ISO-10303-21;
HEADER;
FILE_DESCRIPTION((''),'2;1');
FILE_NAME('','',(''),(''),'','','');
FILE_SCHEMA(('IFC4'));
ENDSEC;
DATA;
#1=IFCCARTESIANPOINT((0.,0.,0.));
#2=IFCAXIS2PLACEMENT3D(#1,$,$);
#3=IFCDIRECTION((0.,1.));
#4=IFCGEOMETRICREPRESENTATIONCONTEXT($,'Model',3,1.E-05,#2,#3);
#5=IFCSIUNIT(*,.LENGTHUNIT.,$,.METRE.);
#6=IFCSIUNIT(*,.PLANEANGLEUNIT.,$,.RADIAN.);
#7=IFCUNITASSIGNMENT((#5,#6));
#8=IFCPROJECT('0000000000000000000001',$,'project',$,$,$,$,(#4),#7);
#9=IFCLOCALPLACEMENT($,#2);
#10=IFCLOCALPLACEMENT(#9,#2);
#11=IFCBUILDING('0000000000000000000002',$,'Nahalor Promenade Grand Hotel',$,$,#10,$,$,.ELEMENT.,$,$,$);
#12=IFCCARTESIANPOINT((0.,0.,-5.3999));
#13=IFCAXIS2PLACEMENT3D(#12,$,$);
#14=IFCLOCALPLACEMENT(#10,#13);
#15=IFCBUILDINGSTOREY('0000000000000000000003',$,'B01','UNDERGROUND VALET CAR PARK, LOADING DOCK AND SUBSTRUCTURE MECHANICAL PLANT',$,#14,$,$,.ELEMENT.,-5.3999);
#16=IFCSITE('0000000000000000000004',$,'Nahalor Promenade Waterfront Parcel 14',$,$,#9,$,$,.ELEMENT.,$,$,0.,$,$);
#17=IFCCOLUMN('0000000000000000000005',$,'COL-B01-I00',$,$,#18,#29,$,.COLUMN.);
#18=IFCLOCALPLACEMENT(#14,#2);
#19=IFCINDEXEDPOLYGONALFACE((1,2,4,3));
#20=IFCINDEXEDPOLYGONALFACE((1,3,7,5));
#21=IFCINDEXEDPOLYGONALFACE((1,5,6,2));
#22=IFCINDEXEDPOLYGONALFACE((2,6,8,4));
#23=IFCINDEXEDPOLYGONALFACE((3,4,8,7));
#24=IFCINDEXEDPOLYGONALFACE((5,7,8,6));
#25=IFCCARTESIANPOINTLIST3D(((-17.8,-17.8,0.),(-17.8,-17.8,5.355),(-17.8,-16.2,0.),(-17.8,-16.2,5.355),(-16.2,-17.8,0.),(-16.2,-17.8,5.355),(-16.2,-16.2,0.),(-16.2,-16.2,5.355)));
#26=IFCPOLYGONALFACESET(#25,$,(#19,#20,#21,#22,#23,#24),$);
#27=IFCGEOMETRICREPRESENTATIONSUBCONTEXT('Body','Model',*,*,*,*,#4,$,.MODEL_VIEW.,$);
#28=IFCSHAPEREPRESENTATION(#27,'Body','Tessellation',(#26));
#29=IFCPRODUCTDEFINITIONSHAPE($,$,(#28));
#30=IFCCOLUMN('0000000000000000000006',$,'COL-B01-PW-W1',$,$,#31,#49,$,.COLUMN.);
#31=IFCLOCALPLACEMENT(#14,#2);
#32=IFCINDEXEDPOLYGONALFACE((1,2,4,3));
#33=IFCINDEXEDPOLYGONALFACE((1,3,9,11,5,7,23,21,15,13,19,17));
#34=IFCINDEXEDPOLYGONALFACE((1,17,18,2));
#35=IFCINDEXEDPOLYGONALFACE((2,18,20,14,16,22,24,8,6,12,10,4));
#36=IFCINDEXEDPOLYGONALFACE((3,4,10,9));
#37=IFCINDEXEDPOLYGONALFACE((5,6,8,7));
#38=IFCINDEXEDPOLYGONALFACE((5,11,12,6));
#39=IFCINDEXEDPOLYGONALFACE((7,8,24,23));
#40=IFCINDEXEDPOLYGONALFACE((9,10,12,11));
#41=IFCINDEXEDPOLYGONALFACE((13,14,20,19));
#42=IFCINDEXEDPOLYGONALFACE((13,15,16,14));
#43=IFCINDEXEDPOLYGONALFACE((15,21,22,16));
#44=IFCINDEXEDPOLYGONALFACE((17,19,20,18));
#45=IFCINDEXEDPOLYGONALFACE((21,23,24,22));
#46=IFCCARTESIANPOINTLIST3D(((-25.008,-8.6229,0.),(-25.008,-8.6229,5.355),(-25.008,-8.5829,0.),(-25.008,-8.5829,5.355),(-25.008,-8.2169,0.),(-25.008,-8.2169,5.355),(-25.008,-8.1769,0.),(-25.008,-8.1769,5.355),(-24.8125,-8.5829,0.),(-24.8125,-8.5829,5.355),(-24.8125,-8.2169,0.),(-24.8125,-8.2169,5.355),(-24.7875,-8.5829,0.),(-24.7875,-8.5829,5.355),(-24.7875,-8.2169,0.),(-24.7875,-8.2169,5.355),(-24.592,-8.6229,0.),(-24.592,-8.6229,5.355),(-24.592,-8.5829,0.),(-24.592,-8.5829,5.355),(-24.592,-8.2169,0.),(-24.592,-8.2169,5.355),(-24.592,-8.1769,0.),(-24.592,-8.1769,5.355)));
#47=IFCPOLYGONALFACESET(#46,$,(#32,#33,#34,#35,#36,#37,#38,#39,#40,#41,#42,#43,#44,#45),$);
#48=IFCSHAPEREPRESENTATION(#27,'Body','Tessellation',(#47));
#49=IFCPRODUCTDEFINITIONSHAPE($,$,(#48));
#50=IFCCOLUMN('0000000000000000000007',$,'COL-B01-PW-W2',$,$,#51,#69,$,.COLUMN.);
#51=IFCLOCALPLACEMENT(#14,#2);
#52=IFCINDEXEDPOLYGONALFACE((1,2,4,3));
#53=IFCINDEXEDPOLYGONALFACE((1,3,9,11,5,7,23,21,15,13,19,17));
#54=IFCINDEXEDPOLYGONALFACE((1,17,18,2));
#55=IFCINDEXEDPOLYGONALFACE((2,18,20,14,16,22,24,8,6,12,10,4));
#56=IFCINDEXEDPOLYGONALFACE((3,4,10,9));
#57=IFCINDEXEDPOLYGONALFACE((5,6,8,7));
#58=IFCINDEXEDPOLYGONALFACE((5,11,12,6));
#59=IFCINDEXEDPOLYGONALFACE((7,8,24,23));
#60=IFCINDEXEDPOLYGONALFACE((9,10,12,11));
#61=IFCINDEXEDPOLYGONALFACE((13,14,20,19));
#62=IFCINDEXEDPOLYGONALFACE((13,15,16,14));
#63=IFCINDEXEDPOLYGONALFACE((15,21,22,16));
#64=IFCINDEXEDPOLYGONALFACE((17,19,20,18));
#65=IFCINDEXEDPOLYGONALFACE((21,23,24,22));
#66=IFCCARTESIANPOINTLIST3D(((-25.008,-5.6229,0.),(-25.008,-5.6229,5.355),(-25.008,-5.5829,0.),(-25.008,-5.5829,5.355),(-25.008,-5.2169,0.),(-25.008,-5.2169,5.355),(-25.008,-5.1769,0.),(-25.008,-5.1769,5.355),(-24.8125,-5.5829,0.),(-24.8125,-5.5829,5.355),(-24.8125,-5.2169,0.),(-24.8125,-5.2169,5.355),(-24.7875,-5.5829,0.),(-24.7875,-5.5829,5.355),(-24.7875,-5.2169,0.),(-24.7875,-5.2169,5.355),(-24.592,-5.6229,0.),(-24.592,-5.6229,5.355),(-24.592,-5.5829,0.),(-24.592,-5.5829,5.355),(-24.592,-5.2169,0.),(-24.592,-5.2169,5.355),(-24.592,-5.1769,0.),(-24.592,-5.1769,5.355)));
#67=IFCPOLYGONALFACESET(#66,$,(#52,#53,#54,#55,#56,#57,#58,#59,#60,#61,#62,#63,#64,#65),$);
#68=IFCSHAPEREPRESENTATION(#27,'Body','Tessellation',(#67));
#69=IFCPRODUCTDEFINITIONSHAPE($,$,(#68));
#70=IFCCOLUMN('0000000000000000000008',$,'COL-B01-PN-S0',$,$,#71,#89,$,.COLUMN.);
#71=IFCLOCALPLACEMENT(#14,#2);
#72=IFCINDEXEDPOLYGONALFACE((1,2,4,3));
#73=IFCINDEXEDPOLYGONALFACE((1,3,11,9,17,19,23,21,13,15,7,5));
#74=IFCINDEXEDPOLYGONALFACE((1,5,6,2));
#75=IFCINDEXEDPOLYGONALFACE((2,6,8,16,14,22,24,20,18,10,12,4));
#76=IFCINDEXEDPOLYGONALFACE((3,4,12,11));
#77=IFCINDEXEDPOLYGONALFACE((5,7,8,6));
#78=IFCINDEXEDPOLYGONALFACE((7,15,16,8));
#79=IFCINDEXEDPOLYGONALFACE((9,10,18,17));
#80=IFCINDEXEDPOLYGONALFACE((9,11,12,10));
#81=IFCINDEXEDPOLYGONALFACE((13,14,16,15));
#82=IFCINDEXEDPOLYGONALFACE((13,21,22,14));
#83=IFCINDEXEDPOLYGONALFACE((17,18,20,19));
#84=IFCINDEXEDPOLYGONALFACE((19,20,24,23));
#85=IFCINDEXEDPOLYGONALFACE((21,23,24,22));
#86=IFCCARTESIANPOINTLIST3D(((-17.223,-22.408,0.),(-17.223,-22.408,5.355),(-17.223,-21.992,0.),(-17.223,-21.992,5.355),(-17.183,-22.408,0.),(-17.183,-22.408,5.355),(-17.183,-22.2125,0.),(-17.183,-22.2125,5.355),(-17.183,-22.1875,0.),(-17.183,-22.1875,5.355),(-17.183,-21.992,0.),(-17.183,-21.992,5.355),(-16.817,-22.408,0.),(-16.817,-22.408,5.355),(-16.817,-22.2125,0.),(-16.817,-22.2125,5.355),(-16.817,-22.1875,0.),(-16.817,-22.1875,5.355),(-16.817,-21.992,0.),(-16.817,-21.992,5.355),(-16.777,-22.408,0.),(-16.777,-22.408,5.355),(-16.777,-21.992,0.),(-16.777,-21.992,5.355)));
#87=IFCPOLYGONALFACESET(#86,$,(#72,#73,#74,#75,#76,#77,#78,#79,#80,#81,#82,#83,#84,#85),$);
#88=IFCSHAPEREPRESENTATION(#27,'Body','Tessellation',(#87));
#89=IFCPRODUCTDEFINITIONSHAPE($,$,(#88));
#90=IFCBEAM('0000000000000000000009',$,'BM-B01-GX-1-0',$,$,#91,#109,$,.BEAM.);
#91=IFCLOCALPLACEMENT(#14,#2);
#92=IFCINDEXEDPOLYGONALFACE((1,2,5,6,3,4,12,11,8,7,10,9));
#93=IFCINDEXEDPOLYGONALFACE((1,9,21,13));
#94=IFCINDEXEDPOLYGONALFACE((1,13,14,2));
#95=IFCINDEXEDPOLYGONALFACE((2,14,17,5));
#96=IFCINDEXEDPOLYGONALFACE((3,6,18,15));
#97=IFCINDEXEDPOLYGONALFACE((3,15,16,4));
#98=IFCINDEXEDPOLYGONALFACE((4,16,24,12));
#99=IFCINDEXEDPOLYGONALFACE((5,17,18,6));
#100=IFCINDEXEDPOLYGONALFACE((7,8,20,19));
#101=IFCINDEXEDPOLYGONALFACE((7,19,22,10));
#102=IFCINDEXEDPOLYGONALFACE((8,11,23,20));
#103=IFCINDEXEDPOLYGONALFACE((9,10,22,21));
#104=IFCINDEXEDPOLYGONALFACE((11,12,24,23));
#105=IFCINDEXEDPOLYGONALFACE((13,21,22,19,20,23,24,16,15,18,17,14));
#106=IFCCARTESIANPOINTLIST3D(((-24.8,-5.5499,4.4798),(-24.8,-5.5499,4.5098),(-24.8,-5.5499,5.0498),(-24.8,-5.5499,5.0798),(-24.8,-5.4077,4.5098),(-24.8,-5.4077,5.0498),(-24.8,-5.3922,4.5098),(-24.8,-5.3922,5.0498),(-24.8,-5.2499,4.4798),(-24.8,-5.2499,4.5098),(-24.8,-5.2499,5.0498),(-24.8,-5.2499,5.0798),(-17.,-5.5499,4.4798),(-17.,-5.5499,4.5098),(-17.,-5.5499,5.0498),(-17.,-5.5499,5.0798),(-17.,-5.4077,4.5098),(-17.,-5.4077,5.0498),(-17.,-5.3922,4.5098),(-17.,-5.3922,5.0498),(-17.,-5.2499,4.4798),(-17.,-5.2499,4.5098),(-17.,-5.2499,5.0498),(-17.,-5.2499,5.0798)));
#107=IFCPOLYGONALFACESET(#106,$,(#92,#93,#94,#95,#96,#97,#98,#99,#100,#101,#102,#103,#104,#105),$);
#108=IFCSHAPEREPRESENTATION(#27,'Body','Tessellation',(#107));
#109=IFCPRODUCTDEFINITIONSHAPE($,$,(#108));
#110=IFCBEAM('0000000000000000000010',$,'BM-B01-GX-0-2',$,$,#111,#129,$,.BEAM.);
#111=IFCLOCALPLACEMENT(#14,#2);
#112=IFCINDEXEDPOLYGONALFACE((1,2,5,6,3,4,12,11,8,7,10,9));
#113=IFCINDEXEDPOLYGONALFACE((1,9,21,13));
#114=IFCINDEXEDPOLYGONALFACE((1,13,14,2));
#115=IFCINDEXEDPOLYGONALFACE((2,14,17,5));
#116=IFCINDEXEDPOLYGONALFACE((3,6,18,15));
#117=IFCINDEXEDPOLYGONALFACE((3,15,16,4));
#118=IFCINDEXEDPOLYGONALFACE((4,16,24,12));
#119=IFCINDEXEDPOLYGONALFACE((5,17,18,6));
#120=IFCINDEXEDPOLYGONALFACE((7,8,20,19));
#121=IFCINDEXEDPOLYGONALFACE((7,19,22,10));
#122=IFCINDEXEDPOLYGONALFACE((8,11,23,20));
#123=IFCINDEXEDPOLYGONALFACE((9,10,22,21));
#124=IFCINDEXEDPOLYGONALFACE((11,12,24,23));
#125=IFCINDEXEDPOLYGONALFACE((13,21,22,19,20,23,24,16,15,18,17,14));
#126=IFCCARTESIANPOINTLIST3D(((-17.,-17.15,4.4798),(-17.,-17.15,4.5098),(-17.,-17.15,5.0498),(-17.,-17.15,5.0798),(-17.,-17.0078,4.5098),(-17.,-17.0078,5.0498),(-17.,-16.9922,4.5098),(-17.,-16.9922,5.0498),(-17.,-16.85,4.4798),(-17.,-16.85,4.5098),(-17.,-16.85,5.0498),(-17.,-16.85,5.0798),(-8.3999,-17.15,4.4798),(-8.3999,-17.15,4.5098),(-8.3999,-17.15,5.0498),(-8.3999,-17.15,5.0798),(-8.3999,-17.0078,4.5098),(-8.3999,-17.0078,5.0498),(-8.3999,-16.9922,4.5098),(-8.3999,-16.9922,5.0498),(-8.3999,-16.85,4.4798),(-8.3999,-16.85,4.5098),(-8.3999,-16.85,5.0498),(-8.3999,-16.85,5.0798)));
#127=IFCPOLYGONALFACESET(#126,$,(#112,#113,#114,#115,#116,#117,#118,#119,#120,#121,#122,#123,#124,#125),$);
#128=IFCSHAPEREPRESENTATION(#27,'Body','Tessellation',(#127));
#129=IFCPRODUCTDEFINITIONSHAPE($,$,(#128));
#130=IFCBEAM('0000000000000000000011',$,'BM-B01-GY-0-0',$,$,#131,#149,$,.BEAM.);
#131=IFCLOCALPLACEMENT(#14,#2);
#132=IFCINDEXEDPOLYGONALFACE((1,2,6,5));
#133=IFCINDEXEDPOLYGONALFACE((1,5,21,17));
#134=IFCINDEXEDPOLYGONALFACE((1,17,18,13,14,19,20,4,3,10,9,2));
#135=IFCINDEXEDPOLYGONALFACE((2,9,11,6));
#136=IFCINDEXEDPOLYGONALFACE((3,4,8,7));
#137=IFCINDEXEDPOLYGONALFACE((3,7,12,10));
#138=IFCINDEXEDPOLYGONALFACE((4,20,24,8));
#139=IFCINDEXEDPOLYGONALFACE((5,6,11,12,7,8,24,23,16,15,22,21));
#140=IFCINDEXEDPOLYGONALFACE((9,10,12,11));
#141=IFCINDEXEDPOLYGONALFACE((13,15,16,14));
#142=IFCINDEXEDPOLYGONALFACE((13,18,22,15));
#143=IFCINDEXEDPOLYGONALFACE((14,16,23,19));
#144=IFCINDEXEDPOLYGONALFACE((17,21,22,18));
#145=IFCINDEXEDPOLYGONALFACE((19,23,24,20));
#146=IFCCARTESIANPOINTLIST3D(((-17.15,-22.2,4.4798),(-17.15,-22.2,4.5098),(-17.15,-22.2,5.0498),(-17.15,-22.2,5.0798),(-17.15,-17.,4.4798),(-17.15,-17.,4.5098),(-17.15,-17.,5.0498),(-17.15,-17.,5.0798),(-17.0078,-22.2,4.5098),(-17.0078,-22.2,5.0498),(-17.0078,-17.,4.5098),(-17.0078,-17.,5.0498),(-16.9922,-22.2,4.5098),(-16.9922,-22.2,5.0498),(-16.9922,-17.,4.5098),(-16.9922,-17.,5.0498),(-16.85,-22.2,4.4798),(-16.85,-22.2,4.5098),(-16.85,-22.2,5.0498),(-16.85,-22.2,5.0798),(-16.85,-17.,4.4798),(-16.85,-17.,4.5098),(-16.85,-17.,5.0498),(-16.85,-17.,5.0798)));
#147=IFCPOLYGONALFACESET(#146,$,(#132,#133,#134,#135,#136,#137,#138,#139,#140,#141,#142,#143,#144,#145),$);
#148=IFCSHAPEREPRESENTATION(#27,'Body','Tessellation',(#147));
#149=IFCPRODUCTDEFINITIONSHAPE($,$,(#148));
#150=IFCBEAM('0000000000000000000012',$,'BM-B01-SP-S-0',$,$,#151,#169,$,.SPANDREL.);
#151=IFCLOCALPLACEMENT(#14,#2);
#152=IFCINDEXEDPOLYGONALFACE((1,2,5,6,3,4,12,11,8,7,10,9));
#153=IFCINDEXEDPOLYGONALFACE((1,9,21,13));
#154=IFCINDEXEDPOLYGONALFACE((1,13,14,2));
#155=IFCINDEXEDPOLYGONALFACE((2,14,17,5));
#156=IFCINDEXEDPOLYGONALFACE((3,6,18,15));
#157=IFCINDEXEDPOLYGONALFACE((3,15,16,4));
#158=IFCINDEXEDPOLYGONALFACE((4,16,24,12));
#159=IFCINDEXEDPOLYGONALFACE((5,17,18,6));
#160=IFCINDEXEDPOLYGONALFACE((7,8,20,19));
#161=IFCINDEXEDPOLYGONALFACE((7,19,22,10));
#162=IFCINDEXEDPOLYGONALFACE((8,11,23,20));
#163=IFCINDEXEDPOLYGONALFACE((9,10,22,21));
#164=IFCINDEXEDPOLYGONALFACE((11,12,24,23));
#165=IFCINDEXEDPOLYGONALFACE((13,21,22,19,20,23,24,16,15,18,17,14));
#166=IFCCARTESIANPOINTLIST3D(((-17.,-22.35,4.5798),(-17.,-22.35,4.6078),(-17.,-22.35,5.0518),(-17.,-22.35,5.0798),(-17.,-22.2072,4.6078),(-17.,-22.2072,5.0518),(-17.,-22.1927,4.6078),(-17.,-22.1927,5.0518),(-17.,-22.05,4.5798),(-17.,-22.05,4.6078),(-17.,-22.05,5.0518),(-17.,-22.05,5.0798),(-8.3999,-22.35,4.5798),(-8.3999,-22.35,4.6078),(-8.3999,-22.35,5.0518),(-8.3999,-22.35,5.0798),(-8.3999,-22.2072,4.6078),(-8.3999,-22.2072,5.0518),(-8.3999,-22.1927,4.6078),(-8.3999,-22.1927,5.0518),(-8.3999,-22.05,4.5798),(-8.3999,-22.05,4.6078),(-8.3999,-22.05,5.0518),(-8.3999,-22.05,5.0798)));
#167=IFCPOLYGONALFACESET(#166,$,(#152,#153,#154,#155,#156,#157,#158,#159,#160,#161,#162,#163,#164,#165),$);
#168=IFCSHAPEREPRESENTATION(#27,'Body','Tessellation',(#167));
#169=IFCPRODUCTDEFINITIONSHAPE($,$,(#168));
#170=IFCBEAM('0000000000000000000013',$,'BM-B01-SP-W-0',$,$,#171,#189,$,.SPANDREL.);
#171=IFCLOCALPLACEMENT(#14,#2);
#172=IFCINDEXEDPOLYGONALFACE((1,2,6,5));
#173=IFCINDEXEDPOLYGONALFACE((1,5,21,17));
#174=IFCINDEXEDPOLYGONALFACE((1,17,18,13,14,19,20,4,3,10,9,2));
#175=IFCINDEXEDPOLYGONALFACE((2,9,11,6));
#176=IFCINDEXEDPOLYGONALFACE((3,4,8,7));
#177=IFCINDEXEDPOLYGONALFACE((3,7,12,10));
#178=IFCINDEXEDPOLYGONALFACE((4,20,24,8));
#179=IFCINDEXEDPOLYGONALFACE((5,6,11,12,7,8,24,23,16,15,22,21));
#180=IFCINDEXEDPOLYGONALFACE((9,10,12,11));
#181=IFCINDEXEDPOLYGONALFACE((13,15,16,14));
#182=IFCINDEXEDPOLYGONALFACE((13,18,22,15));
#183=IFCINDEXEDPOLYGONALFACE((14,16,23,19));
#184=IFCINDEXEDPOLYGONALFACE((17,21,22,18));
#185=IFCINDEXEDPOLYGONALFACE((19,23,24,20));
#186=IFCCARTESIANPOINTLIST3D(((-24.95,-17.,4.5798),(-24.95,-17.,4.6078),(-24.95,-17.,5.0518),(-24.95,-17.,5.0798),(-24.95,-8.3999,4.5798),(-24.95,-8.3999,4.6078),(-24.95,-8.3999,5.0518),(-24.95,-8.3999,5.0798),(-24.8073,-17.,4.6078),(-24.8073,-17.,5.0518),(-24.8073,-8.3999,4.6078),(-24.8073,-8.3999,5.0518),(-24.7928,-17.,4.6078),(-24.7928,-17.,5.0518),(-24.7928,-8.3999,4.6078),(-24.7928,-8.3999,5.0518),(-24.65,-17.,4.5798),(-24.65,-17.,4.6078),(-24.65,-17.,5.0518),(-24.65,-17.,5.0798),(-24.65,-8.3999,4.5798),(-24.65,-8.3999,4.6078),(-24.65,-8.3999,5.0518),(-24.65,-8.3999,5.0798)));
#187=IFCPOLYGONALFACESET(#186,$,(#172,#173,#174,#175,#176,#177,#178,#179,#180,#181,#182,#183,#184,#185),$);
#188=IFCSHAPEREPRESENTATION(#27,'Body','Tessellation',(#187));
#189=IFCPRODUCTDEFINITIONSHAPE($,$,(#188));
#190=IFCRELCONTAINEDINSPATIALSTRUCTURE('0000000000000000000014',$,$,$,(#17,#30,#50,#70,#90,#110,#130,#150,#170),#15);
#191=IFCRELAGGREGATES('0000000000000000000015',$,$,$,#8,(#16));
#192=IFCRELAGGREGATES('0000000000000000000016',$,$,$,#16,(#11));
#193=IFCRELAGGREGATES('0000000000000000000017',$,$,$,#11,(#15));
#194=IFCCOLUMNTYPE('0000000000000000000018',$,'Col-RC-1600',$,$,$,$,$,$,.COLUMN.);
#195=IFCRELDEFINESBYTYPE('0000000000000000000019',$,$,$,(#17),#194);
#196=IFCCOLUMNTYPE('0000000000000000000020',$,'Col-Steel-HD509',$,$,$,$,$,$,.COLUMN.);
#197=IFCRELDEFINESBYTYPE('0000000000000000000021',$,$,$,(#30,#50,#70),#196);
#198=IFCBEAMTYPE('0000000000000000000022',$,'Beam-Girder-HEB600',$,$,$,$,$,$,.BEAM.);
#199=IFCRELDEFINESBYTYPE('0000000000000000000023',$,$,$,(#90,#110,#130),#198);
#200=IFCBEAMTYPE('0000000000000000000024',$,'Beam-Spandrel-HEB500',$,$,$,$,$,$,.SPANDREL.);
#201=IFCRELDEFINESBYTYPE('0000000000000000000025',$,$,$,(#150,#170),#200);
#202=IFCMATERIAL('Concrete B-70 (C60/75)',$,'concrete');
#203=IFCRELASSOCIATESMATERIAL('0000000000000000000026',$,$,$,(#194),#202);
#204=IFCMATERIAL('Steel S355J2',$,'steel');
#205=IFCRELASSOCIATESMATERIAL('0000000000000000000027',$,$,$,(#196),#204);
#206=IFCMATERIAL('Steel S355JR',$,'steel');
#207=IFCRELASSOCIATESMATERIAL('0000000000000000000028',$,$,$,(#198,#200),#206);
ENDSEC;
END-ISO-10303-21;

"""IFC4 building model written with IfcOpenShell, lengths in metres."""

from ifc_helpers import new_model, si_unit, direction, frame, origin, origin_2d, place, context, subcontext, project, spatial, rectangle, i_section, extrude, source, transform, mapped, material, material_profile, profile_set, type_object, element, save


model = new_model("IFC4")

# Units and contexts
model_context = context("Model", 3, precision=1e-05, world=origin(), true_north=direction((0.0, 1.0)))
body_context = subcontext(model_context, "Body", "Model", "MODEL_VIEW")
ifc_project = project(units=[si_unit("LENGTHUNIT", "METRE"), si_unit("PLANEANGLEUNIT", "RADIAN")], contexts=[model_context])

# Site, building, storey
site_placement = place(None, origin())
site = spatial("IfcSite", under=ifc_project, at=site_placement, Name="Nahalor Promenade Waterfront Parcel 14", CompositionType="ELEMENT", RefElevation=0.0)
building_placement = place(site_placement, origin())
building = spatial("IfcBuilding", under=site, at=building_placement, Name="Nahalor Promenade Grand Hotel", CompositionType="ELEMENT")
storey_placement = place(building_placement, frame((0.0, 0.0, -5.3999)))
storey = spatial("IfcBuildingStorey", under=building, at=storey_placement, Name="B01", Description="UNDERGROUND VALET CAR PARK, LOADING DOCK AND SUBSTRUCTURE MECHANICAL PLANT", CompositionType="ELEMENT", Elevation=-5.3999)

# Columns
ifc_material_1 = material(Name="Concrete B-70 (C60/75)", Category="concrete")
ifc_material_profile_1 = material_profile(ifc_material_1, rectangle(XDim=1.6, YDim=1.6, at=origin_2d()), Name="RC 1600x1600")
ifc_profile_set_1 = profile_set([ifc_material_profile_1], Name="Concrete B-70 (C60/75)")
column_type_1 = type_object("IfcColumnType", Name="Col-RC-1600", PredefinedType="COLUMN", material=ifc_profile_set_1)
shared_shape_1 = source(origin(), body_context, "Body", "SweptSolid", [
    extrude(rectangle(XDim=1.6, YDim=1.6, at=origin_2d()), origin(), (0.0, 0.0, 1.0), 5.355),
])
column_placement = place(storey_placement, frame((-17.0, -17.0, 0.0), z_axis=(0.0, 0.0, 1.0), x_axis=(1.0, 0.0, 0.0)))
element("IfcColumn", 1, at=column_placement, inside=storey, type_object=column_type_1, Name="COL-B01-I00", PredefinedType="COLUMN", context=body_context, shape_type="MappedRepresentation", body=[
    mapped(shared_shape_1, transform((0.0, 0.0, 0.0), scale=1.0)),
])
ifc_material_2 = material(Name="Steel S355J2", Category="steel")
ifc_material_profile_2 = material_profile(ifc_material_2, i_section(OverallWidth=0.416, OverallDepth=0.446, WebThickness=0.025, FlangeThickness=0.04, at=origin_2d()), Name="HD 400x509")
ifc_profile_set_2 = profile_set([ifc_material_profile_2], Name="Steel S355J2")
column_type_2 = type_object("IfcColumnType", Name="Col-Steel-HD509", PredefinedType="COLUMN", material=ifc_profile_set_2)
shared_shape_2 = source(origin(), body_context, "Body", "SweptSolid", [
    extrude(i_section(OverallWidth=0.416, OverallDepth=0.446, WebThickness=0.025, FlangeThickness=0.04, at=origin_2d()), origin(), (0.0, 0.0, 1.0), 5.355),
])
for number, where, z_axis, x_axis, name in (
    (2, (-24.8, -8.3999, 0.0), (0.0, 0.0, 1.0), (1.0, 0.0, 0.0), "COL-B01-PW-W1"),
    (3, (-24.8, -5.3999, 0.0), (0.0, 0.0, 1.0), (1.0, 0.0, 0.0), "COL-B01-PW-W2"),
    (4, (-17.0, -22.2, 0.0), (0.0, 0.0, 1.0), (0.0, 1.0, 0.0), "COL-B01-PN-S0"),
):
    element("IfcColumn", number, at=place(storey_placement, frame(where, z_axis=z_axis, x_axis=x_axis)), inside=storey, type_object=column_type_2, Name=name, PredefinedType="COLUMN", context=body_context, shape_type="MappedRepresentation", body=[
        mapped(shared_shape_2, transform((0.0, 0.0, 0.0), scale=1.0)),
    ])

# Beams
ifc_material_3 = material(Name="Steel S355JR", Category="steel")
ifc_material_profile_3 = material_profile(ifc_material_3, i_section(OverallWidth=0.3, OverallDepth=0.6, WebThickness=0.0155, FlangeThickness=0.03, at=origin_2d()), Name="HEB 600")
ifc_profile_set_3 = profile_set([ifc_material_profile_3], Name="Steel S355JR")
beam_type_1 = type_object("IfcBeamType", Name="Beam-Girder-HEB600", PredefinedType="BEAM", material=ifc_profile_set_3)
shared_shape_3 = source(origin(), body_context, "Body", "SweptSolid", [
    extrude(i_section(OverallWidth=0.3, OverallDepth=0.6, WebThickness=0.0155, FlangeThickness=0.03, at=origin_2d()), origin(), (0.0, 0.0, 1.0), 7.8),
])
beam_1_placement = place(storey_placement, frame((-24.8, -5.3999, 4.7798), z_axis=(1.0, 0.0, 0.0), x_axis=(0.0, 1.0, 0.0)))
element("IfcBeam", 5, at=beam_1_placement, inside=storey, type_object=beam_type_1, Name="BM-B01-GX-1-0", PredefinedType="BEAM", context=body_context, shape_type="MappedRepresentation", body=[
    mapped(shared_shape_3, transform((0.0, 0.0, 0.0), scale=1.0)),
])
shared_shape_4 = source(origin(), body_context, "Body", "SweptSolid", [
    extrude(i_section(OverallWidth=0.3, OverallDepth=0.6, WebThickness=0.0155, FlangeThickness=0.03, at=origin_2d()), origin(), (0.0, 0.0, 1.0), 8.6001),
])
beam_2_placement = place(storey_placement, frame((-17.0, -17.0, 4.7798), z_axis=(1.0, 0.0, 0.0), x_axis=(0.0, 1.0, 0.0)))
element("IfcBeam", 6, at=beam_2_placement, inside=storey, type_object=beam_type_1, Name="BM-B01-GX-0-2", PredefinedType="BEAM", context=body_context, shape_type="MappedRepresentation", body=[
    mapped(shared_shape_4, transform((0.0, 0.0, 0.0), scale=1.0)),
])
shared_shape_5 = source(origin(), body_context, "Body", "SweptSolid", [
    extrude(i_section(OverallWidth=0.3, OverallDepth=0.6, WebThickness=0.0155, FlangeThickness=0.03, at=origin_2d()), origin(), (0.0, 0.0, 1.0), 5.2),
])
beam_3_placement = place(storey_placement, frame((-17.0, -22.2, 4.7798), z_axis=(0.0, 1.0, 0.0), x_axis=(-1.0, 0.0, 0.0)))
element("IfcBeam", 7, at=beam_3_placement, inside=storey, type_object=beam_type_1, Name="BM-B01-GY-0-0", PredefinedType="BEAM", context=body_context, shape_type="MappedRepresentation", body=[
    mapped(shared_shape_5, transform((0.0, 0.0, 0.0), scale=1.0)),
])
ifc_material_profile_4 = material_profile(ifc_material_3, i_section(OverallWidth=0.3, OverallDepth=0.5, WebThickness=0.0145, FlangeThickness=0.028, at=origin_2d()), Name="HEB 500")
ifc_profile_set_4 = profile_set([ifc_material_profile_4], Name="Steel S355JR")
beam_type_2 = type_object("IfcBeamType", Name="Beam-Spandrel-HEB500", PredefinedType="SPANDREL", material=ifc_profile_set_4)
shared_shape_6 = source(origin(), body_context, "Body", "SweptSolid", [
    extrude(i_section(OverallWidth=0.3, OverallDepth=0.5, WebThickness=0.0145, FlangeThickness=0.028, at=origin_2d()), origin(), (0.0, 0.0, 1.0), 8.6001),
])
for number, where, z_axis, x_axis, name in (
    (8, (-17.0, -22.2, 4.8298), (1.0, 0.0, 0.0), (0.0, 1.0, 0.0), "BM-B01-SP-S-0"),
    (9, (-24.8, -17.0, 4.8298), (0.0, 1.0, 0.0), (-1.0, 0.0, 0.0), "BM-B01-SP-W-0"),
):
    element("IfcBeam", number, at=place(storey_placement, frame(where, z_axis=z_axis, x_axis=x_axis)), inside=storey, type_object=beam_type_2, Name=name, PredefinedType="SPANDREL", context=body_context, shape_type="MappedRepresentation", body=[
        mapped(shared_shape_6, transform((0.0, 0.0, 0.0), scale=1.0)),
    ])

save(model, "model.ifc")
